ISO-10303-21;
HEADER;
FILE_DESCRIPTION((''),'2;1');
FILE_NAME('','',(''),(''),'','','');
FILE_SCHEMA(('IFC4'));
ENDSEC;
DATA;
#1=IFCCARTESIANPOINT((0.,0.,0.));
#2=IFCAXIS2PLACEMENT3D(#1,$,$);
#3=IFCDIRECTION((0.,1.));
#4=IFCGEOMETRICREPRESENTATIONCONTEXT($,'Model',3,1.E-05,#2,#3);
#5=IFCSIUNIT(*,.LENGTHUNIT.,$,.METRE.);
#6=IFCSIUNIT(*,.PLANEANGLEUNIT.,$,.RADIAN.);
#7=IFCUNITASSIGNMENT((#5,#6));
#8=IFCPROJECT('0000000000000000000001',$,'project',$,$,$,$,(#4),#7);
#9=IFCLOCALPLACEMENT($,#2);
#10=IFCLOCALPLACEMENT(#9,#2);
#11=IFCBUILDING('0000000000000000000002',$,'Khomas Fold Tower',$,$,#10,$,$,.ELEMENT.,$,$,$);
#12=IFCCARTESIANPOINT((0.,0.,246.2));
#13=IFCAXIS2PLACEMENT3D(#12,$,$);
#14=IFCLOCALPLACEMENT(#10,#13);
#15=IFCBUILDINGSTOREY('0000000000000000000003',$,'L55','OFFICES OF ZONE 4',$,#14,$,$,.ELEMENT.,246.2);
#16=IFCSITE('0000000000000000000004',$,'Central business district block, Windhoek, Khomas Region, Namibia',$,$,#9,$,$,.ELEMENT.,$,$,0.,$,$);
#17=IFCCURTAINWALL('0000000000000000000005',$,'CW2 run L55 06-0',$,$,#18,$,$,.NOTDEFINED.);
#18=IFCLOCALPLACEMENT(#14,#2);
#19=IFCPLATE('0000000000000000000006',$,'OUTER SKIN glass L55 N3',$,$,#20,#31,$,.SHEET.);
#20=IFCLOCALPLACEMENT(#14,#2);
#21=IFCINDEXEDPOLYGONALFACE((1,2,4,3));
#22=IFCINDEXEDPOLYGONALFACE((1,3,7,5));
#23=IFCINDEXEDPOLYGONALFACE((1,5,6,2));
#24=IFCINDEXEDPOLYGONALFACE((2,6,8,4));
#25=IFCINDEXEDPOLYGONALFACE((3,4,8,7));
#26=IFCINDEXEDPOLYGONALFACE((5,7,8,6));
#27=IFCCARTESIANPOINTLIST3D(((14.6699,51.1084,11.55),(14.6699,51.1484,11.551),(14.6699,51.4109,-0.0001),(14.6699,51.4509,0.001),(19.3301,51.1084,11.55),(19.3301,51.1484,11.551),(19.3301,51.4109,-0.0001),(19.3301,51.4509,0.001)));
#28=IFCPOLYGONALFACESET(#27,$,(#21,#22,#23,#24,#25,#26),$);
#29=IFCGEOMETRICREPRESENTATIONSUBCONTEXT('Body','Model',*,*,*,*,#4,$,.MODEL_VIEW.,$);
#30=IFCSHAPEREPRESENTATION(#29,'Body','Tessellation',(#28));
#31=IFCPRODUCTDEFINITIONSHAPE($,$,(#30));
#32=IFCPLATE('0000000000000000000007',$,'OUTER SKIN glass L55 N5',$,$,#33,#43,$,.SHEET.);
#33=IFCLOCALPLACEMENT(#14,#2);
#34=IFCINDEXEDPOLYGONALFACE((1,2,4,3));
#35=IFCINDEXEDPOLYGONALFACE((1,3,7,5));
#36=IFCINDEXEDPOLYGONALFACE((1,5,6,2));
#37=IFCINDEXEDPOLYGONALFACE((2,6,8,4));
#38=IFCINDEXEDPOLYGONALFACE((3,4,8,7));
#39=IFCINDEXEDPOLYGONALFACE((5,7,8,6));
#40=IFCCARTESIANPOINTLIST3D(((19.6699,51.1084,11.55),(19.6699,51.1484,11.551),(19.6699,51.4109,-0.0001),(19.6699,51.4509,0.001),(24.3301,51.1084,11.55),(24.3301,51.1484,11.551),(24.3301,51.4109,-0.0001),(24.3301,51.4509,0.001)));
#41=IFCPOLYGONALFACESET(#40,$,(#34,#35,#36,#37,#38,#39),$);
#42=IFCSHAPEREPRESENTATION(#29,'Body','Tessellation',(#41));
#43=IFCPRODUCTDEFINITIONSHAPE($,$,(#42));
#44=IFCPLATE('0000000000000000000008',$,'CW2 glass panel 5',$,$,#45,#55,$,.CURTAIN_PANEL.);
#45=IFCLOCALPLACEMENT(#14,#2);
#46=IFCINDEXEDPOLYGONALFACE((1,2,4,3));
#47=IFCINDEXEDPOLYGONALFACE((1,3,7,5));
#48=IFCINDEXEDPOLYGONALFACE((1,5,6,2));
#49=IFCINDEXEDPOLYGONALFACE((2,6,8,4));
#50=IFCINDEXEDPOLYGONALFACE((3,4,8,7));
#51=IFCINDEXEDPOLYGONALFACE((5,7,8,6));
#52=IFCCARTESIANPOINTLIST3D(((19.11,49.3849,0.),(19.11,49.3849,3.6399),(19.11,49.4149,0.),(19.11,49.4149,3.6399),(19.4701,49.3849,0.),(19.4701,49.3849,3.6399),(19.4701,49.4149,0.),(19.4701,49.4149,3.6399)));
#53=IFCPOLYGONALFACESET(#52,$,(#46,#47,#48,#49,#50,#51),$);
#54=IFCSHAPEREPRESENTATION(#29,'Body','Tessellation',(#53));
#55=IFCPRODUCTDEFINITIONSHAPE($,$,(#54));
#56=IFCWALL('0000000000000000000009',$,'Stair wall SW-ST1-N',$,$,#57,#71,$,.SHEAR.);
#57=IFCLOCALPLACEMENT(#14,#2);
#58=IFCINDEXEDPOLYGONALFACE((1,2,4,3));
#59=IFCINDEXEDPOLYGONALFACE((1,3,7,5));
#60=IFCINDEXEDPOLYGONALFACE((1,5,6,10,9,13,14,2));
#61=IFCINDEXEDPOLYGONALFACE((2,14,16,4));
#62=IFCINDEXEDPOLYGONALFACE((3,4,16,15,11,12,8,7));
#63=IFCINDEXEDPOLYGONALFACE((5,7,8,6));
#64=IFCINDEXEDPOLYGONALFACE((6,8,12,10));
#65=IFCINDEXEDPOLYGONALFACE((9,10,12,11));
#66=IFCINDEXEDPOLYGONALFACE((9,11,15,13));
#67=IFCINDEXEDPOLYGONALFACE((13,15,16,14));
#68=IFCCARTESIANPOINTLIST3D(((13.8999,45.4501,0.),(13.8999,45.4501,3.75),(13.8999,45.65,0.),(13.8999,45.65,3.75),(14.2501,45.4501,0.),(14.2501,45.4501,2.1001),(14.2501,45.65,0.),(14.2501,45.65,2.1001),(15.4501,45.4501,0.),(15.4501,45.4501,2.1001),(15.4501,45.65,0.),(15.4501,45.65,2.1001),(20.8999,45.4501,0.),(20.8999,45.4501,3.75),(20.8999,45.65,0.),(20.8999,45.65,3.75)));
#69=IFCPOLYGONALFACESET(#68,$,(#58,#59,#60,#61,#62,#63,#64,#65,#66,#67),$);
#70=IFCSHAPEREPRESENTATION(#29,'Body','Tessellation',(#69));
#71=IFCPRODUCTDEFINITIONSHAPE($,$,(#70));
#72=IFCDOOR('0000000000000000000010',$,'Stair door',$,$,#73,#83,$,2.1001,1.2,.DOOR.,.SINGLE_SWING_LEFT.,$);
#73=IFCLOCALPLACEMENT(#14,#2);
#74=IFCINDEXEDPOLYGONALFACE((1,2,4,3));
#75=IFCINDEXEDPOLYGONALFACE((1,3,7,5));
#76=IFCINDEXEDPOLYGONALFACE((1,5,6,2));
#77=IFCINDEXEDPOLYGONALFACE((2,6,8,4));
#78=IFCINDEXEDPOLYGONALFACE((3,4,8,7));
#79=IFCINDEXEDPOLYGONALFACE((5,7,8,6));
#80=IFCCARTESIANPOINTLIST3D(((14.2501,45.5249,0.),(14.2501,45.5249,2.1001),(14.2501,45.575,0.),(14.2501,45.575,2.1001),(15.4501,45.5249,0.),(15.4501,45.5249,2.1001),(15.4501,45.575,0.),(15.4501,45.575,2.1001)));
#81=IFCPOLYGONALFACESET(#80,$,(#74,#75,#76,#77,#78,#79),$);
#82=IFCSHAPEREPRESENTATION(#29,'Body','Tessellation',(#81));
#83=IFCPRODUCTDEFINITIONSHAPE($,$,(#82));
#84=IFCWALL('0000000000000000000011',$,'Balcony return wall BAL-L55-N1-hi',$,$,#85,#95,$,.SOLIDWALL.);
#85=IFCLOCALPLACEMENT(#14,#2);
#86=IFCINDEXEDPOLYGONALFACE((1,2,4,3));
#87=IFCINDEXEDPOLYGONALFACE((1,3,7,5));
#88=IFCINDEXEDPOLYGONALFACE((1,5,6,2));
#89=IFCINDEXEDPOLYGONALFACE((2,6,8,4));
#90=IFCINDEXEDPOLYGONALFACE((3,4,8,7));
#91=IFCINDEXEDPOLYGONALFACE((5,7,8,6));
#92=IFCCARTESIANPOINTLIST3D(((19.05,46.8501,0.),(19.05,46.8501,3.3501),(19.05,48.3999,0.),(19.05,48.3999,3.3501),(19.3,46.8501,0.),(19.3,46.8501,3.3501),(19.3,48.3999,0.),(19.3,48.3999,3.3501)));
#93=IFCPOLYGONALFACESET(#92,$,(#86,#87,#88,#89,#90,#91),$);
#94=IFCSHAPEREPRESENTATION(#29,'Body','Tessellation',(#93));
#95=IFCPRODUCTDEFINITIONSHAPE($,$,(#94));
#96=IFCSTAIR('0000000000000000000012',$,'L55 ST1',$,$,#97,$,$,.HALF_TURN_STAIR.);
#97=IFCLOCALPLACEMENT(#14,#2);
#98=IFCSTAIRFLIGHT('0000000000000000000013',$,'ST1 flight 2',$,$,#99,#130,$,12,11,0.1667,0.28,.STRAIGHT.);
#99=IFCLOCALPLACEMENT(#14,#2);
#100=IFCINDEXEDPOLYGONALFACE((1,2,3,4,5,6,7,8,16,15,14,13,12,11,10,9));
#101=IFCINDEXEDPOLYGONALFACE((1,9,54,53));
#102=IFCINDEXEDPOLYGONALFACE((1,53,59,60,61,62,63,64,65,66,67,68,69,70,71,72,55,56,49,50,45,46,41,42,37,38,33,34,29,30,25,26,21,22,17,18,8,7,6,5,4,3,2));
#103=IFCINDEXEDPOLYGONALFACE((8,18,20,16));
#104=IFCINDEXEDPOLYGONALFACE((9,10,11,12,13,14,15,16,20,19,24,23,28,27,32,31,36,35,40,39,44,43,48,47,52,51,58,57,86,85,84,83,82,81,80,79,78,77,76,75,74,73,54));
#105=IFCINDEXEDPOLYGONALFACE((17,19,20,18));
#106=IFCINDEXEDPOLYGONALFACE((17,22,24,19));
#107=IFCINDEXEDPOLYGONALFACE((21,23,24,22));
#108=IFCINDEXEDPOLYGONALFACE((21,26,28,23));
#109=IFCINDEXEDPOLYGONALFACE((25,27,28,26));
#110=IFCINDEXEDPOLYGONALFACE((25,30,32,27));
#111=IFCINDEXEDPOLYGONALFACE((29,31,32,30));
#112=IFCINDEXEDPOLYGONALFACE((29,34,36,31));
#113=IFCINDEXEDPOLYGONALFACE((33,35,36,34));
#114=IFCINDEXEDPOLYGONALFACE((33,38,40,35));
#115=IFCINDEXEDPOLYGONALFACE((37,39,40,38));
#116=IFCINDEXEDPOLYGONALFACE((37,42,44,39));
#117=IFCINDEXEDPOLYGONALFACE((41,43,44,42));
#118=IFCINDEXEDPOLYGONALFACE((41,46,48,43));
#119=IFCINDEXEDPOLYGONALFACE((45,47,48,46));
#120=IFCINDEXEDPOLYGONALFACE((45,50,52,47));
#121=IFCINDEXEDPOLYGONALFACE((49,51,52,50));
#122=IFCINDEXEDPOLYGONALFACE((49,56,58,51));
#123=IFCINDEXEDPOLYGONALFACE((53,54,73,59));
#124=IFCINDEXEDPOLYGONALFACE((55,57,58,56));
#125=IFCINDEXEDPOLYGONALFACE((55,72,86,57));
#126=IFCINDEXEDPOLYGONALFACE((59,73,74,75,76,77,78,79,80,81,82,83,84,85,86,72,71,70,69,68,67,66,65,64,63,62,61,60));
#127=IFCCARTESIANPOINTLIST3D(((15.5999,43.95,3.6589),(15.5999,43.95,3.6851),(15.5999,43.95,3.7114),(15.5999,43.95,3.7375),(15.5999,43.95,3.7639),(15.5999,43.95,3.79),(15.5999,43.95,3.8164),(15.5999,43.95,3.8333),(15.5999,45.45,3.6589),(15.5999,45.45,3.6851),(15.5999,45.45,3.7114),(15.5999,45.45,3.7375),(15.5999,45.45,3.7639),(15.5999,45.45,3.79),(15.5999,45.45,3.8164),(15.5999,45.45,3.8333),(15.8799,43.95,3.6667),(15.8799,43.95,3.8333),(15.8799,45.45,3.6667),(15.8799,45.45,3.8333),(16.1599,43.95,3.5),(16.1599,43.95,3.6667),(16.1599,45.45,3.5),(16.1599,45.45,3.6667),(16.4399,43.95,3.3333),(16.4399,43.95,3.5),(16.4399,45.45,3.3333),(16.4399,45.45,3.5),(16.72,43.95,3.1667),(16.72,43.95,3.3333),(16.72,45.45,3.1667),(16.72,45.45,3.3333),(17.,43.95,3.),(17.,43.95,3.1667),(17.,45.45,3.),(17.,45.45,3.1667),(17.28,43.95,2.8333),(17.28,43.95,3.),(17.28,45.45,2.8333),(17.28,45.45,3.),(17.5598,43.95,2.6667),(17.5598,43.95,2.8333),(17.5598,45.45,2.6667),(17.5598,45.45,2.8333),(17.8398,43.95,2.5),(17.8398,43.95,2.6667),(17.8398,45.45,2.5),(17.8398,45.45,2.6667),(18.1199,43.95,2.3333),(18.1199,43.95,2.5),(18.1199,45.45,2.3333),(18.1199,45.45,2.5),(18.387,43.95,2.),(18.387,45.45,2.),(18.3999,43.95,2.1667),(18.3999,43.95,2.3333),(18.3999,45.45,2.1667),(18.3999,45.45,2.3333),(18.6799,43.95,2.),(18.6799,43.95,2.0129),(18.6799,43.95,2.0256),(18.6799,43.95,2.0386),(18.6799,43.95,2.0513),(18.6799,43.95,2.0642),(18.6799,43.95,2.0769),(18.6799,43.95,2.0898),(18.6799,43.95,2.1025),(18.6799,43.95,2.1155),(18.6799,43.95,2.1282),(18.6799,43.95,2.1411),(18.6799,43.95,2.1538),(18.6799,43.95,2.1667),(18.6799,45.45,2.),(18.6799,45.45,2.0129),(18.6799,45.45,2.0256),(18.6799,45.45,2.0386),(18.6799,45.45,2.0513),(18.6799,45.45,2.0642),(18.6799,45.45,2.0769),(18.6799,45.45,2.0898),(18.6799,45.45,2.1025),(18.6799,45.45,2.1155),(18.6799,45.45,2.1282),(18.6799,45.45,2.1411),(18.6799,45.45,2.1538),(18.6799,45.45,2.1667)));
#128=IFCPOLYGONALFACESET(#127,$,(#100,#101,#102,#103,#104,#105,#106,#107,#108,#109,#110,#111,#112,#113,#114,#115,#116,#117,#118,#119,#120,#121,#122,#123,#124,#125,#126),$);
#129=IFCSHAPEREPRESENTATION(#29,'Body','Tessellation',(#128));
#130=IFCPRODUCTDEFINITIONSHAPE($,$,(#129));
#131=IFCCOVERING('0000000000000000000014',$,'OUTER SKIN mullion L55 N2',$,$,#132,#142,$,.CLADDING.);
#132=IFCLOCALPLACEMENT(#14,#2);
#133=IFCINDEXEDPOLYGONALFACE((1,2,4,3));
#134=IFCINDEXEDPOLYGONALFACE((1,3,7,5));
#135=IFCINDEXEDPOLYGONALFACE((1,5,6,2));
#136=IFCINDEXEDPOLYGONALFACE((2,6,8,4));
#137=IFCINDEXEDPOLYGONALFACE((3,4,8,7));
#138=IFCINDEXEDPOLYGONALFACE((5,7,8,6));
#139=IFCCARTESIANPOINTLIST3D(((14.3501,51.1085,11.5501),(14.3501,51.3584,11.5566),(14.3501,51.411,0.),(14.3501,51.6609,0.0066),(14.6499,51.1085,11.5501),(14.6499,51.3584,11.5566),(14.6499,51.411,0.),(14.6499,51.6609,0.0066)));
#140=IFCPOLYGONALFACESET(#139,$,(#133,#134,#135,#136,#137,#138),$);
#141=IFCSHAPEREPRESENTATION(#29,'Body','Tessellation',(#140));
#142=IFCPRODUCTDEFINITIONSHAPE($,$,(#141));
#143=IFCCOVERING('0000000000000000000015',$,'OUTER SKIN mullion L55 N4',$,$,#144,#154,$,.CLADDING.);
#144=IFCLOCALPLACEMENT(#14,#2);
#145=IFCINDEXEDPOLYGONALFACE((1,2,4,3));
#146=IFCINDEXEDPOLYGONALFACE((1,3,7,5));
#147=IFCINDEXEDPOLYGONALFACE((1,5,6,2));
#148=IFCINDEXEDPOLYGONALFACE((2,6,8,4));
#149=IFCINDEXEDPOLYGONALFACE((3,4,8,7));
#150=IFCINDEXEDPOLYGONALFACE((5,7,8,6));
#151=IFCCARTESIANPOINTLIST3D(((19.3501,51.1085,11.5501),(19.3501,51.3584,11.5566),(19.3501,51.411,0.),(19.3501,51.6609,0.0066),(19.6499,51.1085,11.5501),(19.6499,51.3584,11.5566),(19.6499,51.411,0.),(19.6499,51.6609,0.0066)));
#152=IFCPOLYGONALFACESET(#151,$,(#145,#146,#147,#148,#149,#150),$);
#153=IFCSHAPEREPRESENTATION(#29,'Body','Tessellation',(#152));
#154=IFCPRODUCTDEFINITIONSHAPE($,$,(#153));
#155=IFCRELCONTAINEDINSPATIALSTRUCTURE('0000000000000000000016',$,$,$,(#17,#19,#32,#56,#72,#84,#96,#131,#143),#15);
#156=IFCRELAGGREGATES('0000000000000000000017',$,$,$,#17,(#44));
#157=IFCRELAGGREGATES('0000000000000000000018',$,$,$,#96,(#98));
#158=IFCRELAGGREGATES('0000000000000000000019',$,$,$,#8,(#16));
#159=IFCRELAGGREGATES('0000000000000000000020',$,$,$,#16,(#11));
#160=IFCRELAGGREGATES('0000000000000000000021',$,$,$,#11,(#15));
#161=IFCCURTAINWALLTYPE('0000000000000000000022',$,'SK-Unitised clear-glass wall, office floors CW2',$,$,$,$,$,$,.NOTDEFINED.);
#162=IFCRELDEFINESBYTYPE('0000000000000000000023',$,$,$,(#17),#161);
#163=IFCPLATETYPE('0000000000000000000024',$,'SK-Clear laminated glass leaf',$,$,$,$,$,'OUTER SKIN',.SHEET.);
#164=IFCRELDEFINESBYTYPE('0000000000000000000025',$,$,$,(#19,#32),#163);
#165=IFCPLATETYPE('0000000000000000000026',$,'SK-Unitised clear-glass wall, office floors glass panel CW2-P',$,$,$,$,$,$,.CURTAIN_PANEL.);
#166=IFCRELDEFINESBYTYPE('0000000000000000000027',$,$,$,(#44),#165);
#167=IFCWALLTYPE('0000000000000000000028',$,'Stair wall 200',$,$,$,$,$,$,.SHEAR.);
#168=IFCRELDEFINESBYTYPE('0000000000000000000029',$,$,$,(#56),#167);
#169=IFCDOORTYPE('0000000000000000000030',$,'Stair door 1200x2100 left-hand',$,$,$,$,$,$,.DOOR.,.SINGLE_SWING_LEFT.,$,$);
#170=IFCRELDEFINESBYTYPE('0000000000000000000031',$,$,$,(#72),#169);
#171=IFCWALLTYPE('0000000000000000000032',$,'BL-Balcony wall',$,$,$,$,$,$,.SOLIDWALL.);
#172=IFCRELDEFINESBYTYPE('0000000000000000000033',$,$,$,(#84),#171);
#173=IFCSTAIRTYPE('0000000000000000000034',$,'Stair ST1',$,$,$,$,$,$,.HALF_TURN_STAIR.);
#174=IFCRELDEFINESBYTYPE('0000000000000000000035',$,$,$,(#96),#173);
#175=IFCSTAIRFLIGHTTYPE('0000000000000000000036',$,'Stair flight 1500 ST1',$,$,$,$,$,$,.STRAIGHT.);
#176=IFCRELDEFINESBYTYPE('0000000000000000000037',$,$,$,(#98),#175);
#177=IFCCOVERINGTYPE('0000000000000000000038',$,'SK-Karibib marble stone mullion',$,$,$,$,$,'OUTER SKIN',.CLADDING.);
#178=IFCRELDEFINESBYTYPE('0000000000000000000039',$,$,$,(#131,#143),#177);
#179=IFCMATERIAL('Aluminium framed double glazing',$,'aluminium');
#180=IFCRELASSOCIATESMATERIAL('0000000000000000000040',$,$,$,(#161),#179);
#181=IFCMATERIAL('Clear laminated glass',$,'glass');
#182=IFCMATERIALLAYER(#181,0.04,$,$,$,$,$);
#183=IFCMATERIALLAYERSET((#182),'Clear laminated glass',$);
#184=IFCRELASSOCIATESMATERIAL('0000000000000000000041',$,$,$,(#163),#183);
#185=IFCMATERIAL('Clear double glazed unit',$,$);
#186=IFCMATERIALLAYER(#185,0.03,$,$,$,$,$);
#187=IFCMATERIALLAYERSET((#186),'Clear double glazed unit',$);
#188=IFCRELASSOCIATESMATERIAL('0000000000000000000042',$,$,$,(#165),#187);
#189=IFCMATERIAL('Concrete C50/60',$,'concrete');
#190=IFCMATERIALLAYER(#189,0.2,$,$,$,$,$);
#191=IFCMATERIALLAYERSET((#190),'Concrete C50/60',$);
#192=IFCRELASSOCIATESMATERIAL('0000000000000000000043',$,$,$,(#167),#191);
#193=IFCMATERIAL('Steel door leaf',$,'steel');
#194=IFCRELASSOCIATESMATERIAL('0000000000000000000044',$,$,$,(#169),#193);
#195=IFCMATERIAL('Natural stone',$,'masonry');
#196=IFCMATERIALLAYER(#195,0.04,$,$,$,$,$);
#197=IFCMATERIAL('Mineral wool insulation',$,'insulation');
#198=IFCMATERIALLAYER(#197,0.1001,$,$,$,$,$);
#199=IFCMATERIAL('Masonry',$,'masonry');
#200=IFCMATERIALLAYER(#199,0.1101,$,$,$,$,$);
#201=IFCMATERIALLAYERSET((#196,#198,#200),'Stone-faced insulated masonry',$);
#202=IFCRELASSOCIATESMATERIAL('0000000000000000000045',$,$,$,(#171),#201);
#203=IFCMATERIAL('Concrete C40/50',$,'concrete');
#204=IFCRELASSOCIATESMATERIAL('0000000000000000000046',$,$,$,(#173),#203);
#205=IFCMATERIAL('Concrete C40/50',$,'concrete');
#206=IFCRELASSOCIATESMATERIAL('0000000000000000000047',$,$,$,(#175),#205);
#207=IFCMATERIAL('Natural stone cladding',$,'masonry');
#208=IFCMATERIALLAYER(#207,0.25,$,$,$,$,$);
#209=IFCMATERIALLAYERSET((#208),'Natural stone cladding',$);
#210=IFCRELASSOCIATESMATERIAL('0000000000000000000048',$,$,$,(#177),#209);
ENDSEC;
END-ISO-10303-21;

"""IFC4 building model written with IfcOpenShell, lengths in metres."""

from ifc_helpers import new_model, si_unit, direction, frame, frame_2d, origin, origin_2d, place, context, subcontext, project, spatial, polyline, rectangle, outline, extrude, source, transform, mapped, material, layer, layer_set, type_object, element, fill, aggregate, save


model = new_model("IFC4")

# Units and contexts
model_context = context("Model", 3, precision=1e-05, world=origin(), true_north=direction((0.0, 1.0)))
body_context = subcontext(model_context, "Body", "Model", "MODEL_VIEW")
ifc_project = project(units=[si_unit("LENGTHUNIT", "METRE"), si_unit("PLANEANGLEUNIT", "RADIAN")], contexts=[model_context])

# Site, building, storey
site_placement = place(None, origin())
site = spatial("IfcSite", under=ifc_project, at=site_placement, Name="Central business district block, Windhoek, Khomas Region, Namibia", CompositionType="ELEMENT", RefElevation=0.0)
building_placement = place(site_placement, origin())
building = spatial("IfcBuilding", under=site, at=building_placement, Name="Khomas Fold Tower", CompositionType="ELEMENT")
storey_placement = place(building_placement, frame((0.0, 0.0, 246.2)))
storey = spatial("IfcBuildingStorey", under=building, at=storey_placement, Name="L55", Description="OFFICES OF ZONE 4", CompositionType="ELEMENT", Elevation=246.2)

# Curtain wall
ifc_material_1 = material(Name="Aluminium framed double glazing", Category="aluminium")
curtain_wall_type = type_object("IfcCurtainWallType", Name="SK-Unitised clear-glass wall, office floors CW2", PredefinedType="NOTDEFINED", material=ifc_material_1)
curtain_wall_placement = place(storey_placement, origin())
curtain_wall = element("IfcCurtainWall", 1, at=curtain_wall_placement, inside=storey, type_object=curtain_wall_type, Name="CW2 run L55 06-0", PredefinedType="NOTDEFINED")

# Plates
ifc_material_2 = material(Name="Clear laminated glass", Category="glass")
ifc_layer_1 = layer(ifc_material_2, 0.04)
ifc_layer_set_1 = layer_set([ifc_layer_1], Name="Clear laminated glass")
plate_type_1 = type_object("IfcPlateType", Name="SK-Clear laminated glass leaf", ElementType="OUTER SKIN", PredefinedType="SHEET", material=ifc_layer_set_1)
for number, where, z_axis, x_axis, name in (
    (2, (14.6699, 51.4509, 0.001), (0.0, 0.999657, 0.026181), (1.0, 0.0, 0.0), "OUTER SKIN glass L55 N3"),
    (3, (19.6699, 51.4509, 0.001), (0.0, 0.999657, 0.026181), (1.0, 0.0, 0.0), "OUTER SKIN glass L55 N5"),
):
    element("IfcPlate", number, at=place(storey_placement, frame(where, z_axis=z_axis, x_axis=x_axis)), inside=storey, type_object=plate_type_1, Name=name, PredefinedType="SHEET", context=body_context, shape_type="SweptSolid", body=[
        extrude(outline(polyline([(0.0, 0.0), (4.6602, 0.0), (4.6602, -11.554), (0.0, -11.554), (0.0, 0.0)])), origin(), (0.0, 0.0, -1.0), 0.04),
    ])

# Plate
ifc_material_3 = material(Name="Clear double glazed unit")
ifc_layer_2 = layer(ifc_material_3, 0.03)
ifc_layer_set_2 = layer_set([ifc_layer_2], Name="Clear double glazed unit")
plate_type_2 = type_object("IfcPlateType", Name="SK-Unitised clear-glass wall, office floors glass panel CW2-P", PredefinedType="CURTAIN_PANEL", material=ifc_layer_set_2)
shared_shape_1 = source(origin(), body_context, "Body", "SweptSolid", [
    extrude(rectangle(XDim=0.3601, YDim=0.03, at=origin_2d()), origin(), (0.0, 0.0, 1.0), 3.6399),
])
plate_placement = place(storey_placement, frame((19.29, 49.3999, 0.0), z_axis=(0.0, 0.0, 1.0), x_axis=(-1.0, 0.0, 0.0)))
plate = element("IfcPlate", 4, at=plate_placement, type_object=plate_type_2, Name="CW2 glass panel 5", PredefinedType="CURTAIN_PANEL", context=body_context, shape_type="MappedRepresentation", body=[
    mapped(shared_shape_1, transform((0.0, 0.0, 0.0))),
])
aggregate(curtain_wall, [plate])

# Wall, opening, door
ifc_material_4 = material(Name="Concrete C50/60", Category="concrete")
ifc_layer_3 = layer(ifc_material_4, 0.2)
ifc_layer_set_3 = layer_set([ifc_layer_3], Name="Concrete C50/60")
wall_type_1 = type_object("IfcWallType", Name="Stair wall 200", PredefinedType="SHEAR", material=ifc_layer_set_3)
shared_shape_2 = source(origin(), body_context, "Body", "SweptSolid", [
    extrude(rectangle(XDim=7.0, YDim=0.2, at=frame_2d((3.5, 0.0))), origin(), (0.0, 0.0, 1.0), 3.75),
])
wall_1_placement = place(storey_placement, frame((13.8999, 45.55, 0.0), z_axis=(0.0, 0.0, 1.0), x_axis=(1.0, 0.0, 0.0)))
wall_1 = element("IfcWall", 5, at=wall_1_placement, inside=storey, type_object=wall_type_1, Name="Stair wall SW-ST1-N", PredefinedType="SHEAR", context=body_context, shape_type="MappedRepresentation", body=[
    mapped(shared_shape_2, transform((0.0, 0.0, 0.0))),
])
shared_shape_3 = source(origin(), body_context, "Body", "SweptSolid", [
    extrude(rectangle(XDim=1.2, YDim=2.1001, at=frame_2d((0.6001, 1.05))), frame((0.0, 0.1099, 0.0), z_axis=(0.0, -1.0, 0.0), x_axis=(1.0, 0.0, 0.0)), (0.0, 0.0, 1.0), 0.22),
])
opening_1_placement = place(wall_1_placement, frame((0.3501, 0.0, 0.0)))
opening_1 = element("IfcOpeningElement", 6, at=opening_1_placement, cuts=wall_1, PredefinedType="OPENING", context=body_context, shape_type="MappedRepresentation", body=[
    mapped(shared_shape_3, transform((0.0, 0.0, 0.0))),
])
ifc_material_5 = material(Name="Steel door leaf", Category="steel")
door_type_1 = type_object("IfcDoorType", Name="Stair door 1200x2100 left-hand", OperationType="SINGLE_SWING_LEFT", PredefinedType="DOOR", material=ifc_material_5)
shared_shape_4 = source(origin(), body_context, "Body", "SweptSolid", [
    extrude(rectangle(XDim=1.2, YDim=2.1001, at=frame_2d((0.6001, 1.05))), frame((0.0, 0.0249, 0.0), z_axis=(0.0, -1.0, 0.0), x_axis=(1.0, 0.0, 0.0)), (0.0, 0.0, 1.0), 0.05),
])
door_1_placement = place(opening_1_placement, origin())
door_1 = element("IfcDoor", 7, at=door_1_placement, inside=storey, type_object=door_type_1, Name="Stair door", OperationType="SINGLE_SWING_LEFT", OverallHeight=2.1001, OverallWidth=1.2, PredefinedType="DOOR", context=body_context, shape_type="MappedRepresentation", body=[
    mapped(shared_shape_4, transform((0.0, 0.0, 0.0))),
])
fill(opening_1, door_1)

# Shared definitions
ifc_material_6 = material(Name="Natural stone", Category="masonry")
ifc_layer_4 = layer(ifc_material_6, 0.04)
ifc_material_7 = material(Name="Mineral wool insulation", Category="insulation")
ifc_layer_5 = layer(ifc_material_7, 0.1001)
ifc_material_8 = material(Name="Masonry", Category="masonry")
ifc_layer_6 = layer(ifc_material_8, 0.1101)
ifc_layer_set_4 = layer_set([ifc_layer_4, ifc_layer_5, ifc_layer_6], Name="Stone-faced insulated masonry")
wall_type_2 = type_object("IfcWallType", Name="BL-Balcony wall", PredefinedType="SOLIDWALL", material=ifc_layer_set_4)

# Wall
shared_shape_5 = source(origin(), body_context, "Body", "SweptSolid", [
    extrude(rectangle(XDim=1.5498, YDim=0.25, at=frame_2d((0.7749, 0.0))), origin(), (0.0, 0.0, 1.0), 3.3501),
])
wall_2_placement = place(storey_placement, frame((19.175, 48.3999, 0.0), z_axis=(0.0, 0.0, 1.0), x_axis=(0.0, -1.0, 0.0)))
element("IfcWall", 8, at=wall_2_placement, inside=storey, type_object=wall_type_2, Name="Balcony return wall BAL-L55-N1-hi", PredefinedType="SOLIDWALL", context=body_context, shape_type="MappedRepresentation", body=[
    mapped(shared_shape_5, transform((0.0, 0.0, 0.0))),
])

# Stair, stair flight
ifc_material_9 = material(Name="Concrete C40/50", Category="concrete")
stair_type = type_object("IfcStairType", Name="Stair ST1", PredefinedType="HALF_TURN_STAIR", material=ifc_material_9)
stair_placement = place(storey_placement, origin())
stair = element("IfcStair", 9, at=stair_placement, inside=storey, type_object=stair_type, Name="L55 ST1", PredefinedType="HALF_TURN_STAIR")
ifc_material_10 = material(Name="Concrete C40/50", Category="concrete")
stair_flight_type = type_object("IfcStairFlightType", Name="Stair flight 1500 ST1", PredefinedType="STRAIGHT", material=ifc_material_10)
shared_shape_6 = source(origin(), body_context, "Body", "SweptSolid", [
    extrude(outline(polyline([(0.0, 0.0), (0.0, 0.0129), (0.0, 0.0256), (0.0, 0.0386), (0.0, 0.0513), (0.0, 0.0642), (0.0, 0.0769), (0.0, 0.0898), (0.0, 0.1025), (0.0, 0.1155), (0.0, 0.1282), (0.0, 0.1411), (0.0, 0.1538), (0.0, 0.1667), (0.28, 0.1667), (0.28, 0.3333), (0.5601, 0.3333), (0.5601, 0.5), (0.8401, 0.5), (0.8401, 0.6667), (1.1201, 0.6667), (1.1201, 0.8333), (1.3999, 0.8333), (1.3999, 1.0), (1.6799, 1.0), (1.6799, 1.1667), (1.96, 1.1667), (1.96, 1.3333), (2.24, 1.3333), (2.24, 1.5), (2.52, 1.5), (2.52, 1.6667), (2.8, 1.6667), (2.8, 1.8333), (3.0801, 1.8333), (3.0801, 2.0), (3.0801, 1.9739), (3.0801, 1.9475), (3.0801, 1.9214), (3.0801, 1.895), (3.0801, 1.8689), (3.0801, 1.8425), (3.0801, 1.8164), (3.0801, 1.79), (3.0801, 1.7639), (3.0801, 1.7375), (3.0801, 1.7114), (3.0801, 1.6851), (3.0801, 1.6589), (0.293, 0.0), (0.0, 0.0)])), frame((0.0, 0.75, 0.0), z_axis=(0.0, -1.0, 0.0), x_axis=(1.0, 0.0, 0.0)), (0.0, 0.0, 1.0), 1.5),
])
stair_flight_placement = place(storey_placement, frame((18.6799, 44.7, 2.0), z_axis=(0.0, 0.0, 1.0), x_axis=(-1.0, 0.0, 0.0)))
stair_flight = element("IfcStairFlight", 10, at=stair_flight_placement, type_object=stair_flight_type, Name="ST1 flight 2", NumberOfRisers=12, NumberOfTreads=11, PredefinedType="STRAIGHT", RiserHeight=0.1667, TreadLength=0.28, context=body_context, shape_type="MappedRepresentation", body=[
    mapped(shared_shape_6, transform((0.0, 0.0, 0.0))),
])
aggregate(stair, [stair_flight])

# Coverings
ifc_material_11 = material(Name="Natural stone cladding", Category="masonry")
ifc_layer_7 = layer(ifc_material_11, 0.25)
ifc_layer_set_5 = layer_set([ifc_layer_7], Name="Natural stone cladding")
covering_type = type_object("IfcCoveringType", Name="SK-Karibib marble stone mullion", ElementType="OUTER SKIN", PredefinedType="CLADDING", material=ifc_layer_set_5)
for number, where, z_axis, x_axis, name in (
    (11, (14.3501, 51.6609, 0.0066), (0.0, 0.999657, 0.026181), (1.0, 0.0, 0.0), "OUTER SKIN mullion L55 N2"),
    (12, (19.3501, 51.6609, 0.0066), (0.0, 0.999657, 0.026181), (1.0, 0.0, 0.0), "OUTER SKIN mullion L55 N4"),
):
    element("IfcCovering", number, at=place(storey_placement, frame(where, z_axis=z_axis, x_axis=x_axis)), inside=storey, type_object=covering_type, Name=name, PredefinedType="CLADDING", context=body_context, shape_type="SweptSolid", body=[
        extrude(outline(polyline([(0.0, 0.0), (0.2998, 0.0), (0.2998, -11.554), (0.0, -11.554), (0.0, 0.0)])), origin(), (0.0, 0.0, -1.0), 0.25),
    ])

save(model, "model.ifc")
